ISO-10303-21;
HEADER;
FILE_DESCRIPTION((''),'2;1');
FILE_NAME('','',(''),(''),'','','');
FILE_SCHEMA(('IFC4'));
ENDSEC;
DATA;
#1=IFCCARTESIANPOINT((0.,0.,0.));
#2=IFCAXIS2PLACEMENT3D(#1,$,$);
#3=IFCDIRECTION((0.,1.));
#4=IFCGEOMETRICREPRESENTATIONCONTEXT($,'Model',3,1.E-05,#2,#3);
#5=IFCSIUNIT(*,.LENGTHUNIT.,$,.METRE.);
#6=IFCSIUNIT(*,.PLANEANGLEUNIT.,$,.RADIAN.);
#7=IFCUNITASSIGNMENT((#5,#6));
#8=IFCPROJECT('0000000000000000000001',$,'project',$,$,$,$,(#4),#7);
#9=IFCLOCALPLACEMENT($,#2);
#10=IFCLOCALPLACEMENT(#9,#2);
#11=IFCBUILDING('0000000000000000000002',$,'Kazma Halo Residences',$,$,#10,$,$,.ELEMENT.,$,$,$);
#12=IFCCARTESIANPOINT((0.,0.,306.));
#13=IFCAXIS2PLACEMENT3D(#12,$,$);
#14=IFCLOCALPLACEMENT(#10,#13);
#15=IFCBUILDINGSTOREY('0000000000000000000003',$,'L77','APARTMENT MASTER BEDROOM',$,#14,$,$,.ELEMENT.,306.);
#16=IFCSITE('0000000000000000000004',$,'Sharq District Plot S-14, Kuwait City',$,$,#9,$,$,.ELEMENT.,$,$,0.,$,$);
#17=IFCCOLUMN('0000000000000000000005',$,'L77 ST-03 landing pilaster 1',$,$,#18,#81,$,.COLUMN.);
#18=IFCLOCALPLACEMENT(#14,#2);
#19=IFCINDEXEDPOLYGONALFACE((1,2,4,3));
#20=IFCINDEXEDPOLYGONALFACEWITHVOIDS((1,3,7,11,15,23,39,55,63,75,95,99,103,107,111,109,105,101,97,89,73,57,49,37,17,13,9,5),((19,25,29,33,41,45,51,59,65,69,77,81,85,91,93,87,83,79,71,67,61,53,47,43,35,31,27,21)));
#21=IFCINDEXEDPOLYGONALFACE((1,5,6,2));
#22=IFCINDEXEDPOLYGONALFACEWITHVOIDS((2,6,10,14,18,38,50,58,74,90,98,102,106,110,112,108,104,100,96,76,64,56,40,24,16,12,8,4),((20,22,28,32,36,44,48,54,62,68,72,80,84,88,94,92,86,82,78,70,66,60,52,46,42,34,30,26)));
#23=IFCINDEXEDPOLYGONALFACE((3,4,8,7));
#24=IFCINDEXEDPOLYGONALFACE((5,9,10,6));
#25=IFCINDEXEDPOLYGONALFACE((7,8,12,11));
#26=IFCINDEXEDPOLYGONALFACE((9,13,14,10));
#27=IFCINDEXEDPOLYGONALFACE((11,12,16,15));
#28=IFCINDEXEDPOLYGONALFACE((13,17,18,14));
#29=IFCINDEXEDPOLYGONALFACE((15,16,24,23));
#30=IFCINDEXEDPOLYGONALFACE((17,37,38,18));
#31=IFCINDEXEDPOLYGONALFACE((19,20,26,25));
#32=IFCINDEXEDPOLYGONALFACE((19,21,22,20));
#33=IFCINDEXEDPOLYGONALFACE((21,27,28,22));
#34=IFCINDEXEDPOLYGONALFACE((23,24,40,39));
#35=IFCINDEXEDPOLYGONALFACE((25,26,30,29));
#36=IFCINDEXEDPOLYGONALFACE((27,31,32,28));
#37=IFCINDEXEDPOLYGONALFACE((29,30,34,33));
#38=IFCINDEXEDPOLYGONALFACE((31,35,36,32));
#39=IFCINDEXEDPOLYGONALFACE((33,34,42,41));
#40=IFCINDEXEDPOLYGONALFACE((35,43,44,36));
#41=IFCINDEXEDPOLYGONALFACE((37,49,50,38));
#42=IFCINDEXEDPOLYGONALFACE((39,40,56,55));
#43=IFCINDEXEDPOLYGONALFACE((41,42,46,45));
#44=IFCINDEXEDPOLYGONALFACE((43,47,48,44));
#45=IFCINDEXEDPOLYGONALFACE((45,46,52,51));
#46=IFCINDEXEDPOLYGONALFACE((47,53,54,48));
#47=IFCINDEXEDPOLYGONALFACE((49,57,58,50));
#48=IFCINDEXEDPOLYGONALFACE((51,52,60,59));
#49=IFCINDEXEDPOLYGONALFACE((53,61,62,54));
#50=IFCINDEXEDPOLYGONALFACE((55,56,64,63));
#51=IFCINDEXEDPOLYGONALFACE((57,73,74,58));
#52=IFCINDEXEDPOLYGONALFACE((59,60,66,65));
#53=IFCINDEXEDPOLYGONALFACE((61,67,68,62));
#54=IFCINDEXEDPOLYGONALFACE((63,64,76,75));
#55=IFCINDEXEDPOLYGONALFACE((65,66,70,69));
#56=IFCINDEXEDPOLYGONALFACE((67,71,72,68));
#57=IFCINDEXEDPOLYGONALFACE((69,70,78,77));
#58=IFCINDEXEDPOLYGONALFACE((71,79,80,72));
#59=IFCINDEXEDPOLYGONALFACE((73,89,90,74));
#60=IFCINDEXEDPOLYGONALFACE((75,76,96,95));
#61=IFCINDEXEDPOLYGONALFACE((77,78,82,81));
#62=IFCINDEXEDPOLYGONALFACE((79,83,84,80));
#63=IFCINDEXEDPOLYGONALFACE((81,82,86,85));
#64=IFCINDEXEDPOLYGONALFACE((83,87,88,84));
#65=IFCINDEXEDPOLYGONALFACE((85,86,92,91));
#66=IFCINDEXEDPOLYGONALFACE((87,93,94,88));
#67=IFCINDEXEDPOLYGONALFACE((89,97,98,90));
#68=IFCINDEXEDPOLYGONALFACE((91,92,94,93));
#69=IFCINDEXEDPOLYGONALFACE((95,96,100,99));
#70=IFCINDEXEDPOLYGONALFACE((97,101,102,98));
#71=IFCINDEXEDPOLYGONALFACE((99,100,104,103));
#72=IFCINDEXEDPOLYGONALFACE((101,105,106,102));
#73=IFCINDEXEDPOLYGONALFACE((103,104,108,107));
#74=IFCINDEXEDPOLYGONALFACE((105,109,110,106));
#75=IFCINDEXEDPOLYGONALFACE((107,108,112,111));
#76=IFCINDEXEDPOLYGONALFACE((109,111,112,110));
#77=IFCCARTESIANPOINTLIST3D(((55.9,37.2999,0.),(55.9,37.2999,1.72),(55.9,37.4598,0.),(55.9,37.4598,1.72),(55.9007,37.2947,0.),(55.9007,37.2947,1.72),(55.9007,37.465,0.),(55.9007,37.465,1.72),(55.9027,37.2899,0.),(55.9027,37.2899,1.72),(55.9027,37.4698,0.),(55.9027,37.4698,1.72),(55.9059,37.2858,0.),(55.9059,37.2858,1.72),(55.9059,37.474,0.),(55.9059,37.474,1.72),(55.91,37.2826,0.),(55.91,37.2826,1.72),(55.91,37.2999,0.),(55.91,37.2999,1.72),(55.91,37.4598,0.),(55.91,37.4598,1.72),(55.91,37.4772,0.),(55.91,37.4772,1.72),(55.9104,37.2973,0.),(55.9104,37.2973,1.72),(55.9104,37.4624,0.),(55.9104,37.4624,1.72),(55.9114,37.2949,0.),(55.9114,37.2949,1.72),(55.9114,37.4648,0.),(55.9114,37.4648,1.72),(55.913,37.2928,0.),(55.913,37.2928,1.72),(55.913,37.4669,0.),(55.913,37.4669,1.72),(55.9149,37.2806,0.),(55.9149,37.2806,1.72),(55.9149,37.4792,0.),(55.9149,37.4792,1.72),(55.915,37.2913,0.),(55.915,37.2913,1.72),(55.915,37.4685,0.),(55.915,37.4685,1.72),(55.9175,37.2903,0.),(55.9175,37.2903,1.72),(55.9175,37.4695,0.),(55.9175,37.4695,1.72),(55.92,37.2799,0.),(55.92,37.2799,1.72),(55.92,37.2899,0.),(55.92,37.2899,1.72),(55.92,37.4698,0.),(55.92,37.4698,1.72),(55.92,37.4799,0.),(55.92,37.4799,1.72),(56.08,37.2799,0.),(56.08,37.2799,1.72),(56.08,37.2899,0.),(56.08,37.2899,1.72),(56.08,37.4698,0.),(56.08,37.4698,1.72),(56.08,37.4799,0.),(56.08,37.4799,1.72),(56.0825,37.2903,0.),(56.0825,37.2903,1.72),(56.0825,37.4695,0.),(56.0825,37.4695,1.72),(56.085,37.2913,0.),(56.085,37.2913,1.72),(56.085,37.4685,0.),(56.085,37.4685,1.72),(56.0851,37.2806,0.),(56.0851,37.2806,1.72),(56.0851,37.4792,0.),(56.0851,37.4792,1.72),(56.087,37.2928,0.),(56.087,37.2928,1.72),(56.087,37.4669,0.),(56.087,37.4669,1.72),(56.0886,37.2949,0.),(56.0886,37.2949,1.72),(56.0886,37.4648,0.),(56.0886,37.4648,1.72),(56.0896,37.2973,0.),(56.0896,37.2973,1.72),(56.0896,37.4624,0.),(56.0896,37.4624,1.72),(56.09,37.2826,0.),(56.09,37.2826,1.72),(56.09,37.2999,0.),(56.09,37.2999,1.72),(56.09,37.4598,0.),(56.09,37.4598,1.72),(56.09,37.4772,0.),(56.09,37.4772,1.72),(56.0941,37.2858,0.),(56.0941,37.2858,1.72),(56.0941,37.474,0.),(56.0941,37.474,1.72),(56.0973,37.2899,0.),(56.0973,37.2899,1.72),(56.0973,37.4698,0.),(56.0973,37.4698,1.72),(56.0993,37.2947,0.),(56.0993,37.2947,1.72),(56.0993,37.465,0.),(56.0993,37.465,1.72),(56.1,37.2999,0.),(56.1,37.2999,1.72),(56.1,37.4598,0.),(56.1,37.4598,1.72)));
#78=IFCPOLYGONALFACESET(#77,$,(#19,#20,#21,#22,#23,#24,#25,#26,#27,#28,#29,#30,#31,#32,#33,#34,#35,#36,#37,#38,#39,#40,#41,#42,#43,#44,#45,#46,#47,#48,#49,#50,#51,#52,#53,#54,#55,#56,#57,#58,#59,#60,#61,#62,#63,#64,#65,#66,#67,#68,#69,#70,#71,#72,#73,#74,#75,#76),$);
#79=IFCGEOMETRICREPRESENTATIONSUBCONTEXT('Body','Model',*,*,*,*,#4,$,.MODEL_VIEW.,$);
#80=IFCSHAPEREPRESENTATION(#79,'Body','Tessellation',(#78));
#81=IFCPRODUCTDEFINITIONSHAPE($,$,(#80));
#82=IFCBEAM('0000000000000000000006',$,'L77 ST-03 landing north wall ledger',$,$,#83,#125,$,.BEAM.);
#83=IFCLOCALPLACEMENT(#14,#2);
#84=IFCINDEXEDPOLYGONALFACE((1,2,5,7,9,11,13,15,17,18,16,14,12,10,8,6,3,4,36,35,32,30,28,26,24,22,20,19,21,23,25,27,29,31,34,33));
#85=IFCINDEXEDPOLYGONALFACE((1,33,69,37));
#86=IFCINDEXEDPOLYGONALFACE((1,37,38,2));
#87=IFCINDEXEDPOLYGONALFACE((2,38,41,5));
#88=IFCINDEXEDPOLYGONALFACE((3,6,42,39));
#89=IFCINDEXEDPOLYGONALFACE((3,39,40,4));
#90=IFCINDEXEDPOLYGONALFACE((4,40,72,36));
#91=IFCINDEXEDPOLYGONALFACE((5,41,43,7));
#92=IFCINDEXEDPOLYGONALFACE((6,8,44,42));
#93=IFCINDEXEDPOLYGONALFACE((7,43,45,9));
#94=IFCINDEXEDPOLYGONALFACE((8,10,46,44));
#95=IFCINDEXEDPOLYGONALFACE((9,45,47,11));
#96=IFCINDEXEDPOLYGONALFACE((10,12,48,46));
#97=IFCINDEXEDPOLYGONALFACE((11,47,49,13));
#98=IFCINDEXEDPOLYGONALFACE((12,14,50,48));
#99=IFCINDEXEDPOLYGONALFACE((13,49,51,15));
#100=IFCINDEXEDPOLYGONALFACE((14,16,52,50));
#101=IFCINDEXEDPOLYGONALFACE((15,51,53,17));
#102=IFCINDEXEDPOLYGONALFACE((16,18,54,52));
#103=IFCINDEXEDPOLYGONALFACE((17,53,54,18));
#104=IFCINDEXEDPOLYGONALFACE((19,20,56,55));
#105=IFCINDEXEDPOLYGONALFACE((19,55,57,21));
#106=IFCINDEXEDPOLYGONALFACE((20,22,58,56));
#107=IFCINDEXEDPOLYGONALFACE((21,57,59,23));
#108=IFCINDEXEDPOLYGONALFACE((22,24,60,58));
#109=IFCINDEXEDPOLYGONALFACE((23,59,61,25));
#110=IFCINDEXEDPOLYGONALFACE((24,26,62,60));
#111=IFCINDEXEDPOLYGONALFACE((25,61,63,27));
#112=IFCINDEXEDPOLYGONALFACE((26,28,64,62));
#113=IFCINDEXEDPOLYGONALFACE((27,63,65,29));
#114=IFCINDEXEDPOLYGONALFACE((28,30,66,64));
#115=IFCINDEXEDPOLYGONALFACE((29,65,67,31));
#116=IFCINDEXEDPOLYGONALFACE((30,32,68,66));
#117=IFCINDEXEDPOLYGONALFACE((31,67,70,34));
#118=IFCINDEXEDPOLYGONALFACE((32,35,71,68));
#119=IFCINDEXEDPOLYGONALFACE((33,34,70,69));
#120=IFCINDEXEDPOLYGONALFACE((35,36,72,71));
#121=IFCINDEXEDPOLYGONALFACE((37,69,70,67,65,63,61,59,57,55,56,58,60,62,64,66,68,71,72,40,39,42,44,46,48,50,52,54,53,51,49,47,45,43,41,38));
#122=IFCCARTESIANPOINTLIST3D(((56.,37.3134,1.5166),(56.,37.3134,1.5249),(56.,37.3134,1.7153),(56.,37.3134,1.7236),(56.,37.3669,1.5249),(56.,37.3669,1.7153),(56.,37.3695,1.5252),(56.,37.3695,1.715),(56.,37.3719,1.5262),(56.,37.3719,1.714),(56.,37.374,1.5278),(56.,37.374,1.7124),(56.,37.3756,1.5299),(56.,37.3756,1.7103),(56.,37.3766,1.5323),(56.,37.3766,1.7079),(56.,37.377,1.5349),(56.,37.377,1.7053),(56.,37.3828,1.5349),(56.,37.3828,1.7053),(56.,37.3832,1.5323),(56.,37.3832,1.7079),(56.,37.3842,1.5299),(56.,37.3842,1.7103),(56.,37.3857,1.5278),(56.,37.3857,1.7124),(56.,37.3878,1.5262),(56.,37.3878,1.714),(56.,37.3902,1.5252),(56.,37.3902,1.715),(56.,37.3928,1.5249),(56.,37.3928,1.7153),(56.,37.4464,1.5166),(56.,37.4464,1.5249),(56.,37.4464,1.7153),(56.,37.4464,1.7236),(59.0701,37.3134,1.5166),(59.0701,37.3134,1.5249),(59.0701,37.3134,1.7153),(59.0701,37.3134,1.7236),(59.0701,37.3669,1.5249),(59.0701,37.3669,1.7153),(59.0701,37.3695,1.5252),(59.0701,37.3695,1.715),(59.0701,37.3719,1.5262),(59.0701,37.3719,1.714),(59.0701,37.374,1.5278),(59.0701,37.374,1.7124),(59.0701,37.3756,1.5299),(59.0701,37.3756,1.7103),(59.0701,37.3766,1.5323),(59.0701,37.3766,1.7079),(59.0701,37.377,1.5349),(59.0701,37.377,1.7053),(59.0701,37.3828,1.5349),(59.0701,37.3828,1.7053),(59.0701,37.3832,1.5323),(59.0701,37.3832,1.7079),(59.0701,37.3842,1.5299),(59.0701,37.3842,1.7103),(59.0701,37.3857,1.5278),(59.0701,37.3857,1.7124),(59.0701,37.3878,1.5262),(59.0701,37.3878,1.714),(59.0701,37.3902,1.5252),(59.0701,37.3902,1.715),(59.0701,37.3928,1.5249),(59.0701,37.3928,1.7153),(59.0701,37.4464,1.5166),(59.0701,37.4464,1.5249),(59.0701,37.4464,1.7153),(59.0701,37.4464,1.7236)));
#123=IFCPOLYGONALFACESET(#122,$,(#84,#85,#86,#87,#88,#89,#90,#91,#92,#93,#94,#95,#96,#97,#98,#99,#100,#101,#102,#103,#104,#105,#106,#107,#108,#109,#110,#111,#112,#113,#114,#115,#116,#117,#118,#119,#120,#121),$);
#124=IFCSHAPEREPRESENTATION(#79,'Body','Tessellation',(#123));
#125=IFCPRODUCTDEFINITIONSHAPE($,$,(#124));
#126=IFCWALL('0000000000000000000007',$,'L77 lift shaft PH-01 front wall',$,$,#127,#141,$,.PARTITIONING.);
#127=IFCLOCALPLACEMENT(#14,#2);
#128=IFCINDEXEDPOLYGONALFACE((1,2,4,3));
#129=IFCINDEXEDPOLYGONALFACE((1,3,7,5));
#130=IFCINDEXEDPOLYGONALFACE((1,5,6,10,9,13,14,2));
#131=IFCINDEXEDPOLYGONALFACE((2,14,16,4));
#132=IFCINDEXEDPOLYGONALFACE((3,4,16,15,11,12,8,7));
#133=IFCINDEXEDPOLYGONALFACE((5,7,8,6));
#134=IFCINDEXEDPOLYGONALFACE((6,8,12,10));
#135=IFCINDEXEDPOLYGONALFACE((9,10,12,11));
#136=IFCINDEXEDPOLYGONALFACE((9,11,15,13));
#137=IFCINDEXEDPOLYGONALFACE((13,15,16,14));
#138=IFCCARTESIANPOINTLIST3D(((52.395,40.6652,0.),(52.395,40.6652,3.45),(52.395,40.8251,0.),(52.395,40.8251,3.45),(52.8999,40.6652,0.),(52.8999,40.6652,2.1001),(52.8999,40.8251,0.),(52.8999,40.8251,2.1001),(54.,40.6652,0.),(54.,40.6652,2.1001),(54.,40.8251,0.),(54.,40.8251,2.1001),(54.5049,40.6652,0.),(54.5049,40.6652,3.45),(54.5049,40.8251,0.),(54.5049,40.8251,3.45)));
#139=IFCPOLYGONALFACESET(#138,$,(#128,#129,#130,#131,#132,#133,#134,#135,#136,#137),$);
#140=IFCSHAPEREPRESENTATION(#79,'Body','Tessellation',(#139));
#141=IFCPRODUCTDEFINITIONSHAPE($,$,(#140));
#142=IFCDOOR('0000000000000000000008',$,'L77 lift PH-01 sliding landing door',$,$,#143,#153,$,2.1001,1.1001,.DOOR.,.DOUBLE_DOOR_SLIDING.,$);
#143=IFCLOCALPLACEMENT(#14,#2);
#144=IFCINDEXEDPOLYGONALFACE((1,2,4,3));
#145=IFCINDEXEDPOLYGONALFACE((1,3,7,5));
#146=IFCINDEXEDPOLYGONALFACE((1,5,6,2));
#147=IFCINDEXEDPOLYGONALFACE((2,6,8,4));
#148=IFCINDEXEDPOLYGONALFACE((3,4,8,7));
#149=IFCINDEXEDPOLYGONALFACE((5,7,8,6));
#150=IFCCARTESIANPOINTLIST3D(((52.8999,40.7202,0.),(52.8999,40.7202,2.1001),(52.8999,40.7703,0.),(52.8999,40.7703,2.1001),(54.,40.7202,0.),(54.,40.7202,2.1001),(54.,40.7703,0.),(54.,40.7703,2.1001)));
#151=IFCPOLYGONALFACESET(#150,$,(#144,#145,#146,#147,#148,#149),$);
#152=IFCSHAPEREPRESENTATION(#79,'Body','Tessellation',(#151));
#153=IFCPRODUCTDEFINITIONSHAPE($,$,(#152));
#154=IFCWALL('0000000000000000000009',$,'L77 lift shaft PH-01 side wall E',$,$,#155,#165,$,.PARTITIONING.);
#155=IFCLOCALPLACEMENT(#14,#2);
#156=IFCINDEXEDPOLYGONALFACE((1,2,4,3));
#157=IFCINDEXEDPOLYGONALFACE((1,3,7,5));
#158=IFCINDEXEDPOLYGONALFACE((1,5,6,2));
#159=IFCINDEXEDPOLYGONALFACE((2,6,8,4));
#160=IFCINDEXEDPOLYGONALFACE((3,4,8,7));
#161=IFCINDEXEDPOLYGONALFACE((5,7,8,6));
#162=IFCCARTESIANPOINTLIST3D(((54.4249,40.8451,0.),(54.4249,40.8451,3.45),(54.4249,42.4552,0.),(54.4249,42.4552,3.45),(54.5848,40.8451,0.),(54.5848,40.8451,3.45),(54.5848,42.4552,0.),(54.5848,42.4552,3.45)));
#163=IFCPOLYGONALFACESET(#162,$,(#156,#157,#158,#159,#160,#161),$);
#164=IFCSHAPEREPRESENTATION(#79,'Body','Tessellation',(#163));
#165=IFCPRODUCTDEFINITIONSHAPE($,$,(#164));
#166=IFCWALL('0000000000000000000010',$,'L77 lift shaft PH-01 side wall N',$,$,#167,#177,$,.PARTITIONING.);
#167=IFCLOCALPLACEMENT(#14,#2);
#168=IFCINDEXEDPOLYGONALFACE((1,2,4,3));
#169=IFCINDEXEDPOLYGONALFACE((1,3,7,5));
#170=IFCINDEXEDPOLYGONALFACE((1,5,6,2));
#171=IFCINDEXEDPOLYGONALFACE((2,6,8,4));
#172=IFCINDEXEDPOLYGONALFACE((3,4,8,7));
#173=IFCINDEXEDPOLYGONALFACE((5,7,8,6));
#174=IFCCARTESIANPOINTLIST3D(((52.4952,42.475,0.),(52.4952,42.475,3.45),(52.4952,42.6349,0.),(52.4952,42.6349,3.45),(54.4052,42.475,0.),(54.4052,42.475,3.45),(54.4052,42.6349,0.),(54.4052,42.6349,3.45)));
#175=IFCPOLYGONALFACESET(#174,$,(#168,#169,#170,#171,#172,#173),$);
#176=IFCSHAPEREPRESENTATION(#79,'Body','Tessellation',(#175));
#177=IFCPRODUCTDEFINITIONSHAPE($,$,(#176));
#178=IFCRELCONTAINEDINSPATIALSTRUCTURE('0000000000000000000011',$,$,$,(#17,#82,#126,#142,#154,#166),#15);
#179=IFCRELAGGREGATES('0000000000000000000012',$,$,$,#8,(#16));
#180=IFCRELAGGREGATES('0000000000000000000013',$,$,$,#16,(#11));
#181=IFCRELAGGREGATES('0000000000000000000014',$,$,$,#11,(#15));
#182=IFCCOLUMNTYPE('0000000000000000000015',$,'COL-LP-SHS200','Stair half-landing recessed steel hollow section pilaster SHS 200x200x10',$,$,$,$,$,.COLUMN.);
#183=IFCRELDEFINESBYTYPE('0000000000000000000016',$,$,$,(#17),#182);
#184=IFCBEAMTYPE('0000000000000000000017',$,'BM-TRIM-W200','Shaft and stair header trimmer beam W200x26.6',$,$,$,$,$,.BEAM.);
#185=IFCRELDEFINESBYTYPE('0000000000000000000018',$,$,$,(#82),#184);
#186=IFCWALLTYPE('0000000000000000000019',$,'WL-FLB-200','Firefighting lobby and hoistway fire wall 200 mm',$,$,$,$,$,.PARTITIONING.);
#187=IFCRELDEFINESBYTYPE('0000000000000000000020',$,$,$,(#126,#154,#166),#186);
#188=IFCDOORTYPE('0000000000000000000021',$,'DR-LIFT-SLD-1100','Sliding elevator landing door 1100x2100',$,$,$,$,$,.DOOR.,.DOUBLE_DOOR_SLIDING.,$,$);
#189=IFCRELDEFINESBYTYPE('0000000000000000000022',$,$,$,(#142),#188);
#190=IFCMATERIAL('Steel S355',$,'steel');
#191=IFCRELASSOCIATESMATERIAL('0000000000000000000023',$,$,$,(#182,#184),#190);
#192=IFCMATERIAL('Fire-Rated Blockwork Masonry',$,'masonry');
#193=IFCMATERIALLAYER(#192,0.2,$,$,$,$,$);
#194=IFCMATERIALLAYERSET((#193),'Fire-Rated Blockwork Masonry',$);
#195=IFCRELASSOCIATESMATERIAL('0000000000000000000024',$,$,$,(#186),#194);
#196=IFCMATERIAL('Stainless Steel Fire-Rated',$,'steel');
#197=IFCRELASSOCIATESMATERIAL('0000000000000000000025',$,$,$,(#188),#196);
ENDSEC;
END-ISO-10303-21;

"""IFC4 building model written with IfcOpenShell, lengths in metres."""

from ifc_helpers import new_model, si_unit, direction, frame, frame_2d, origin, origin_2d, place, context, subcontext, project, spatial, rectangle, hollow_rectangle, i_section, extrude, material, layer, layer_set, material_profile, profile_set, type_object, element, fill, save


model = new_model("IFC4")

# Units and contexts
model_context = context("Model", 3, precision=1e-05, world=origin(), true_north=direction((0.0, 1.0)))
body_context = subcontext(model_context, "Body", "Model", "MODEL_VIEW")
ifc_project = project(units=[si_unit("LENGTHUNIT", "METRE"), si_unit("PLANEANGLEUNIT", "RADIAN")], contexts=[model_context])

# Site, building, storey
site_placement = place(None, origin())
site = spatial("IfcSite", under=ifc_project, at=site_placement, Name="Sharq District Plot S-14, Kuwait City", CompositionType="ELEMENT", RefElevation=0.0)
building_placement = place(site_placement, origin())
building = spatial("IfcBuilding", under=site, at=building_placement, Name="Kazma Halo Residences", CompositionType="ELEMENT")
storey_placement = place(building_placement, frame((0.0, 0.0, 306.0)))
storey = spatial("IfcBuildingStorey", under=building, at=storey_placement, Name="L77", Description="APARTMENT MASTER BEDROOM", CompositionType="ELEMENT", Elevation=306.0)

# Column
ifc_material_1 = material(Name="Steel S355", Category="steel")
ifc_material_profile_1 = material_profile(ifc_material_1, hollow_rectangle(XDim=0.2, YDim=0.2, WallThickness=0.01, InnerFilletRadius=0.01, OuterFilletRadius=0.02, at=origin_2d()), Name="SHS200x200x10")
ifc_profile_set_1 = profile_set([ifc_material_profile_1], Name="Steel S355")
column_type = type_object("IfcColumnType", Name="COL-LP-SHS200", Description="Stair half-landing recessed steel hollow section pilaster SHS 200x200x10", PredefinedType="COLUMN", material=ifc_profile_set_1)
column_placement = place(storey_placement, frame((56.0, 37.3799, 0.0), z_axis=(0.0, 0.0, 1.0), x_axis=(1.0, 0.0, 0.0)))
element("IfcColumn", 1, at=column_placement, inside=storey, type_object=column_type, Name="L77 ST-03 landing pilaster 1", PredefinedType="COLUMN", context=body_context, shape_type="SweptSolid", body=[
    extrude(hollow_rectangle(XDim=0.2, YDim=0.2, WallThickness=0.01, InnerFilletRadius=0.01, OuterFilletRadius=0.02, at=origin_2d()), origin(), (0.0, 0.0, 1.0), 1.72),
])

# Beam
ifc_material_profile_2 = material_profile(ifc_material_1, i_section(OverallWidth=0.1331, OverallDepth=0.207, WebThickness=0.0059, FlangeThickness=0.0083, FilletRadius=0.01, at=origin_2d()), Name="W200x26.6")
ifc_profile_set_2 = profile_set([ifc_material_profile_2], Name="Steel S355")
beam_type = type_object("IfcBeamType", Name="BM-TRIM-W200", Description="Shaft and stair header trimmer beam W200x26.6", PredefinedType="BEAM", material=ifc_profile_set_2)
beam_placement = place(storey_placement, frame((56.0, 37.3799, 1.6201), z_axis=(1.0, 0.0, 0.0), x_axis=(0.0, 1.0, 0.0)))
element("IfcBeam", 2, at=beam_placement, inside=storey, type_object=beam_type, Name="L77 ST-03 landing north wall ledger", PredefinedType="BEAM", context=body_context, shape_type="SweptSolid", body=[
    extrude(i_section(OverallWidth=0.1331, OverallDepth=0.207, WebThickness=0.0059, FlangeThickness=0.0083, FilletRadius=0.01, at=origin_2d()), origin(), (0.0, 0.0, 1.0), 3.0701),
])

# Wall, opening, door
ifc_material_2 = material(Name="Fire-Rated Blockwork Masonry", Category="masonry")
ifc_layer_1 = layer(ifc_material_2, 0.2)
ifc_layer_set_1 = layer_set([ifc_layer_1], Name="Fire-Rated Blockwork Masonry")
wall_type_1 = type_object("IfcWallType", Name="WL-FLB-200", Description="Firefighting lobby and hoistway fire wall 200 mm", PredefinedType="PARTITIONING", material=ifc_layer_set_1)
wall_1_placement = place(storey_placement, frame((54.5049, 40.7451, 0.0), z_axis=(0.0, 0.0, 1.0), x_axis=(-1.0, 0.0, 0.0)))
wall_1 = element("IfcWall", 3, at=wall_1_placement, inside=storey, type_object=wall_type_1, Name="L77 lift shaft PH-01 front wall", PredefinedType="PARTITIONING", context=body_context, shape_type="SweptSolid", body=[
    extrude(rectangle(XDim=2.1099, YDim=0.1599, at=frame_2d((1.0549, 0.0))), origin(), (0.0, 0.0, 1.0), 3.45),
])
opening_1_placement = place(wall_1_placement, frame((0.5049, 0.0, 0.0)))
opening_1 = element("IfcOpeningElement", 4, at=opening_1_placement, cuts=wall_1, PredefinedType="OPENING", context=body_context, shape_type="SweptSolid", body=[
    extrude(rectangle(XDim=1.1001, YDim=2.1001, at=frame_2d((0.55, 1.05))), frame((0.0, 0.0898, 0.0), z_axis=(0.0, -1.0, 0.0), x_axis=(1.0, 0.0, 0.0)), (0.0, 0.0, 1.0), 0.1799),
])
ifc_material_3 = material(Name="Stainless Steel Fire-Rated", Category="steel")
door_type_1 = type_object("IfcDoorType", Name="DR-LIFT-SLD-1100", Description="Sliding elevator landing door 1100x2100", OperationType="DOUBLE_DOOR_SLIDING", PredefinedType="DOOR", material=ifc_material_3)
door_1_placement = place(opening_1_placement, origin())
door_1 = element("IfcDoor", 5, at=door_1_placement, inside=storey, type_object=door_type_1, Name="L77 lift PH-01 sliding landing door", OperationType="DOUBLE_DOOR_SLIDING", OverallHeight=2.1001, OverallWidth=1.1001, PredefinedType="DOOR", context=body_context, shape_type="SweptSolid", body=[
    extrude(rectangle(XDim=1.1001, YDim=2.1001, at=frame_2d((0.55, 1.05))), frame((0.0, 0.0249, 0.0), z_axis=(0.0, -1.0, 0.0), x_axis=(1.0, 0.0, 0.0)), (0.0, 0.0, 1.0), 0.05),
])
fill(opening_1, door_1)

# Walls
wall_2_placement = place(storey_placement, frame((54.5049, 40.845, 0.0), z_axis=(0.0, 0.0, 1.0), x_axis=(0.0, 1.0, 0.0)))
element("IfcWall", 6, at=wall_2_placement, inside=storey, type_object=wall_type_1, Name="L77 lift shaft PH-01 side wall E", PredefinedType="PARTITIONING", context=body_context, shape_type="SweptSolid", body=[
    extrude(rectangle(XDim=1.6101, YDim=0.1599, at=frame_2d((0.8052, 0.0))), origin(), (0.0, 0.0, 1.0), 3.45),
])
wall_3_placement = place(storey_placement, frame((52.4951, 42.5549, 0.0), z_axis=(0.0, 0.0, 1.0), x_axis=(1.0, 0.0, 0.0)))
element("IfcWall", 7, at=wall_3_placement, inside=storey, type_object=wall_type_1, Name="L77 lift shaft PH-01 side wall N", PredefinedType="PARTITIONING", context=body_context, shape_type="SweptSolid", body=[
    extrude(rectangle(XDim=1.9099, YDim=0.1599, at=frame_2d((0.9551, 0.0))), origin(), (0.0, 0.0, 1.0), 3.45),
])

save(model, "model.ifc")
